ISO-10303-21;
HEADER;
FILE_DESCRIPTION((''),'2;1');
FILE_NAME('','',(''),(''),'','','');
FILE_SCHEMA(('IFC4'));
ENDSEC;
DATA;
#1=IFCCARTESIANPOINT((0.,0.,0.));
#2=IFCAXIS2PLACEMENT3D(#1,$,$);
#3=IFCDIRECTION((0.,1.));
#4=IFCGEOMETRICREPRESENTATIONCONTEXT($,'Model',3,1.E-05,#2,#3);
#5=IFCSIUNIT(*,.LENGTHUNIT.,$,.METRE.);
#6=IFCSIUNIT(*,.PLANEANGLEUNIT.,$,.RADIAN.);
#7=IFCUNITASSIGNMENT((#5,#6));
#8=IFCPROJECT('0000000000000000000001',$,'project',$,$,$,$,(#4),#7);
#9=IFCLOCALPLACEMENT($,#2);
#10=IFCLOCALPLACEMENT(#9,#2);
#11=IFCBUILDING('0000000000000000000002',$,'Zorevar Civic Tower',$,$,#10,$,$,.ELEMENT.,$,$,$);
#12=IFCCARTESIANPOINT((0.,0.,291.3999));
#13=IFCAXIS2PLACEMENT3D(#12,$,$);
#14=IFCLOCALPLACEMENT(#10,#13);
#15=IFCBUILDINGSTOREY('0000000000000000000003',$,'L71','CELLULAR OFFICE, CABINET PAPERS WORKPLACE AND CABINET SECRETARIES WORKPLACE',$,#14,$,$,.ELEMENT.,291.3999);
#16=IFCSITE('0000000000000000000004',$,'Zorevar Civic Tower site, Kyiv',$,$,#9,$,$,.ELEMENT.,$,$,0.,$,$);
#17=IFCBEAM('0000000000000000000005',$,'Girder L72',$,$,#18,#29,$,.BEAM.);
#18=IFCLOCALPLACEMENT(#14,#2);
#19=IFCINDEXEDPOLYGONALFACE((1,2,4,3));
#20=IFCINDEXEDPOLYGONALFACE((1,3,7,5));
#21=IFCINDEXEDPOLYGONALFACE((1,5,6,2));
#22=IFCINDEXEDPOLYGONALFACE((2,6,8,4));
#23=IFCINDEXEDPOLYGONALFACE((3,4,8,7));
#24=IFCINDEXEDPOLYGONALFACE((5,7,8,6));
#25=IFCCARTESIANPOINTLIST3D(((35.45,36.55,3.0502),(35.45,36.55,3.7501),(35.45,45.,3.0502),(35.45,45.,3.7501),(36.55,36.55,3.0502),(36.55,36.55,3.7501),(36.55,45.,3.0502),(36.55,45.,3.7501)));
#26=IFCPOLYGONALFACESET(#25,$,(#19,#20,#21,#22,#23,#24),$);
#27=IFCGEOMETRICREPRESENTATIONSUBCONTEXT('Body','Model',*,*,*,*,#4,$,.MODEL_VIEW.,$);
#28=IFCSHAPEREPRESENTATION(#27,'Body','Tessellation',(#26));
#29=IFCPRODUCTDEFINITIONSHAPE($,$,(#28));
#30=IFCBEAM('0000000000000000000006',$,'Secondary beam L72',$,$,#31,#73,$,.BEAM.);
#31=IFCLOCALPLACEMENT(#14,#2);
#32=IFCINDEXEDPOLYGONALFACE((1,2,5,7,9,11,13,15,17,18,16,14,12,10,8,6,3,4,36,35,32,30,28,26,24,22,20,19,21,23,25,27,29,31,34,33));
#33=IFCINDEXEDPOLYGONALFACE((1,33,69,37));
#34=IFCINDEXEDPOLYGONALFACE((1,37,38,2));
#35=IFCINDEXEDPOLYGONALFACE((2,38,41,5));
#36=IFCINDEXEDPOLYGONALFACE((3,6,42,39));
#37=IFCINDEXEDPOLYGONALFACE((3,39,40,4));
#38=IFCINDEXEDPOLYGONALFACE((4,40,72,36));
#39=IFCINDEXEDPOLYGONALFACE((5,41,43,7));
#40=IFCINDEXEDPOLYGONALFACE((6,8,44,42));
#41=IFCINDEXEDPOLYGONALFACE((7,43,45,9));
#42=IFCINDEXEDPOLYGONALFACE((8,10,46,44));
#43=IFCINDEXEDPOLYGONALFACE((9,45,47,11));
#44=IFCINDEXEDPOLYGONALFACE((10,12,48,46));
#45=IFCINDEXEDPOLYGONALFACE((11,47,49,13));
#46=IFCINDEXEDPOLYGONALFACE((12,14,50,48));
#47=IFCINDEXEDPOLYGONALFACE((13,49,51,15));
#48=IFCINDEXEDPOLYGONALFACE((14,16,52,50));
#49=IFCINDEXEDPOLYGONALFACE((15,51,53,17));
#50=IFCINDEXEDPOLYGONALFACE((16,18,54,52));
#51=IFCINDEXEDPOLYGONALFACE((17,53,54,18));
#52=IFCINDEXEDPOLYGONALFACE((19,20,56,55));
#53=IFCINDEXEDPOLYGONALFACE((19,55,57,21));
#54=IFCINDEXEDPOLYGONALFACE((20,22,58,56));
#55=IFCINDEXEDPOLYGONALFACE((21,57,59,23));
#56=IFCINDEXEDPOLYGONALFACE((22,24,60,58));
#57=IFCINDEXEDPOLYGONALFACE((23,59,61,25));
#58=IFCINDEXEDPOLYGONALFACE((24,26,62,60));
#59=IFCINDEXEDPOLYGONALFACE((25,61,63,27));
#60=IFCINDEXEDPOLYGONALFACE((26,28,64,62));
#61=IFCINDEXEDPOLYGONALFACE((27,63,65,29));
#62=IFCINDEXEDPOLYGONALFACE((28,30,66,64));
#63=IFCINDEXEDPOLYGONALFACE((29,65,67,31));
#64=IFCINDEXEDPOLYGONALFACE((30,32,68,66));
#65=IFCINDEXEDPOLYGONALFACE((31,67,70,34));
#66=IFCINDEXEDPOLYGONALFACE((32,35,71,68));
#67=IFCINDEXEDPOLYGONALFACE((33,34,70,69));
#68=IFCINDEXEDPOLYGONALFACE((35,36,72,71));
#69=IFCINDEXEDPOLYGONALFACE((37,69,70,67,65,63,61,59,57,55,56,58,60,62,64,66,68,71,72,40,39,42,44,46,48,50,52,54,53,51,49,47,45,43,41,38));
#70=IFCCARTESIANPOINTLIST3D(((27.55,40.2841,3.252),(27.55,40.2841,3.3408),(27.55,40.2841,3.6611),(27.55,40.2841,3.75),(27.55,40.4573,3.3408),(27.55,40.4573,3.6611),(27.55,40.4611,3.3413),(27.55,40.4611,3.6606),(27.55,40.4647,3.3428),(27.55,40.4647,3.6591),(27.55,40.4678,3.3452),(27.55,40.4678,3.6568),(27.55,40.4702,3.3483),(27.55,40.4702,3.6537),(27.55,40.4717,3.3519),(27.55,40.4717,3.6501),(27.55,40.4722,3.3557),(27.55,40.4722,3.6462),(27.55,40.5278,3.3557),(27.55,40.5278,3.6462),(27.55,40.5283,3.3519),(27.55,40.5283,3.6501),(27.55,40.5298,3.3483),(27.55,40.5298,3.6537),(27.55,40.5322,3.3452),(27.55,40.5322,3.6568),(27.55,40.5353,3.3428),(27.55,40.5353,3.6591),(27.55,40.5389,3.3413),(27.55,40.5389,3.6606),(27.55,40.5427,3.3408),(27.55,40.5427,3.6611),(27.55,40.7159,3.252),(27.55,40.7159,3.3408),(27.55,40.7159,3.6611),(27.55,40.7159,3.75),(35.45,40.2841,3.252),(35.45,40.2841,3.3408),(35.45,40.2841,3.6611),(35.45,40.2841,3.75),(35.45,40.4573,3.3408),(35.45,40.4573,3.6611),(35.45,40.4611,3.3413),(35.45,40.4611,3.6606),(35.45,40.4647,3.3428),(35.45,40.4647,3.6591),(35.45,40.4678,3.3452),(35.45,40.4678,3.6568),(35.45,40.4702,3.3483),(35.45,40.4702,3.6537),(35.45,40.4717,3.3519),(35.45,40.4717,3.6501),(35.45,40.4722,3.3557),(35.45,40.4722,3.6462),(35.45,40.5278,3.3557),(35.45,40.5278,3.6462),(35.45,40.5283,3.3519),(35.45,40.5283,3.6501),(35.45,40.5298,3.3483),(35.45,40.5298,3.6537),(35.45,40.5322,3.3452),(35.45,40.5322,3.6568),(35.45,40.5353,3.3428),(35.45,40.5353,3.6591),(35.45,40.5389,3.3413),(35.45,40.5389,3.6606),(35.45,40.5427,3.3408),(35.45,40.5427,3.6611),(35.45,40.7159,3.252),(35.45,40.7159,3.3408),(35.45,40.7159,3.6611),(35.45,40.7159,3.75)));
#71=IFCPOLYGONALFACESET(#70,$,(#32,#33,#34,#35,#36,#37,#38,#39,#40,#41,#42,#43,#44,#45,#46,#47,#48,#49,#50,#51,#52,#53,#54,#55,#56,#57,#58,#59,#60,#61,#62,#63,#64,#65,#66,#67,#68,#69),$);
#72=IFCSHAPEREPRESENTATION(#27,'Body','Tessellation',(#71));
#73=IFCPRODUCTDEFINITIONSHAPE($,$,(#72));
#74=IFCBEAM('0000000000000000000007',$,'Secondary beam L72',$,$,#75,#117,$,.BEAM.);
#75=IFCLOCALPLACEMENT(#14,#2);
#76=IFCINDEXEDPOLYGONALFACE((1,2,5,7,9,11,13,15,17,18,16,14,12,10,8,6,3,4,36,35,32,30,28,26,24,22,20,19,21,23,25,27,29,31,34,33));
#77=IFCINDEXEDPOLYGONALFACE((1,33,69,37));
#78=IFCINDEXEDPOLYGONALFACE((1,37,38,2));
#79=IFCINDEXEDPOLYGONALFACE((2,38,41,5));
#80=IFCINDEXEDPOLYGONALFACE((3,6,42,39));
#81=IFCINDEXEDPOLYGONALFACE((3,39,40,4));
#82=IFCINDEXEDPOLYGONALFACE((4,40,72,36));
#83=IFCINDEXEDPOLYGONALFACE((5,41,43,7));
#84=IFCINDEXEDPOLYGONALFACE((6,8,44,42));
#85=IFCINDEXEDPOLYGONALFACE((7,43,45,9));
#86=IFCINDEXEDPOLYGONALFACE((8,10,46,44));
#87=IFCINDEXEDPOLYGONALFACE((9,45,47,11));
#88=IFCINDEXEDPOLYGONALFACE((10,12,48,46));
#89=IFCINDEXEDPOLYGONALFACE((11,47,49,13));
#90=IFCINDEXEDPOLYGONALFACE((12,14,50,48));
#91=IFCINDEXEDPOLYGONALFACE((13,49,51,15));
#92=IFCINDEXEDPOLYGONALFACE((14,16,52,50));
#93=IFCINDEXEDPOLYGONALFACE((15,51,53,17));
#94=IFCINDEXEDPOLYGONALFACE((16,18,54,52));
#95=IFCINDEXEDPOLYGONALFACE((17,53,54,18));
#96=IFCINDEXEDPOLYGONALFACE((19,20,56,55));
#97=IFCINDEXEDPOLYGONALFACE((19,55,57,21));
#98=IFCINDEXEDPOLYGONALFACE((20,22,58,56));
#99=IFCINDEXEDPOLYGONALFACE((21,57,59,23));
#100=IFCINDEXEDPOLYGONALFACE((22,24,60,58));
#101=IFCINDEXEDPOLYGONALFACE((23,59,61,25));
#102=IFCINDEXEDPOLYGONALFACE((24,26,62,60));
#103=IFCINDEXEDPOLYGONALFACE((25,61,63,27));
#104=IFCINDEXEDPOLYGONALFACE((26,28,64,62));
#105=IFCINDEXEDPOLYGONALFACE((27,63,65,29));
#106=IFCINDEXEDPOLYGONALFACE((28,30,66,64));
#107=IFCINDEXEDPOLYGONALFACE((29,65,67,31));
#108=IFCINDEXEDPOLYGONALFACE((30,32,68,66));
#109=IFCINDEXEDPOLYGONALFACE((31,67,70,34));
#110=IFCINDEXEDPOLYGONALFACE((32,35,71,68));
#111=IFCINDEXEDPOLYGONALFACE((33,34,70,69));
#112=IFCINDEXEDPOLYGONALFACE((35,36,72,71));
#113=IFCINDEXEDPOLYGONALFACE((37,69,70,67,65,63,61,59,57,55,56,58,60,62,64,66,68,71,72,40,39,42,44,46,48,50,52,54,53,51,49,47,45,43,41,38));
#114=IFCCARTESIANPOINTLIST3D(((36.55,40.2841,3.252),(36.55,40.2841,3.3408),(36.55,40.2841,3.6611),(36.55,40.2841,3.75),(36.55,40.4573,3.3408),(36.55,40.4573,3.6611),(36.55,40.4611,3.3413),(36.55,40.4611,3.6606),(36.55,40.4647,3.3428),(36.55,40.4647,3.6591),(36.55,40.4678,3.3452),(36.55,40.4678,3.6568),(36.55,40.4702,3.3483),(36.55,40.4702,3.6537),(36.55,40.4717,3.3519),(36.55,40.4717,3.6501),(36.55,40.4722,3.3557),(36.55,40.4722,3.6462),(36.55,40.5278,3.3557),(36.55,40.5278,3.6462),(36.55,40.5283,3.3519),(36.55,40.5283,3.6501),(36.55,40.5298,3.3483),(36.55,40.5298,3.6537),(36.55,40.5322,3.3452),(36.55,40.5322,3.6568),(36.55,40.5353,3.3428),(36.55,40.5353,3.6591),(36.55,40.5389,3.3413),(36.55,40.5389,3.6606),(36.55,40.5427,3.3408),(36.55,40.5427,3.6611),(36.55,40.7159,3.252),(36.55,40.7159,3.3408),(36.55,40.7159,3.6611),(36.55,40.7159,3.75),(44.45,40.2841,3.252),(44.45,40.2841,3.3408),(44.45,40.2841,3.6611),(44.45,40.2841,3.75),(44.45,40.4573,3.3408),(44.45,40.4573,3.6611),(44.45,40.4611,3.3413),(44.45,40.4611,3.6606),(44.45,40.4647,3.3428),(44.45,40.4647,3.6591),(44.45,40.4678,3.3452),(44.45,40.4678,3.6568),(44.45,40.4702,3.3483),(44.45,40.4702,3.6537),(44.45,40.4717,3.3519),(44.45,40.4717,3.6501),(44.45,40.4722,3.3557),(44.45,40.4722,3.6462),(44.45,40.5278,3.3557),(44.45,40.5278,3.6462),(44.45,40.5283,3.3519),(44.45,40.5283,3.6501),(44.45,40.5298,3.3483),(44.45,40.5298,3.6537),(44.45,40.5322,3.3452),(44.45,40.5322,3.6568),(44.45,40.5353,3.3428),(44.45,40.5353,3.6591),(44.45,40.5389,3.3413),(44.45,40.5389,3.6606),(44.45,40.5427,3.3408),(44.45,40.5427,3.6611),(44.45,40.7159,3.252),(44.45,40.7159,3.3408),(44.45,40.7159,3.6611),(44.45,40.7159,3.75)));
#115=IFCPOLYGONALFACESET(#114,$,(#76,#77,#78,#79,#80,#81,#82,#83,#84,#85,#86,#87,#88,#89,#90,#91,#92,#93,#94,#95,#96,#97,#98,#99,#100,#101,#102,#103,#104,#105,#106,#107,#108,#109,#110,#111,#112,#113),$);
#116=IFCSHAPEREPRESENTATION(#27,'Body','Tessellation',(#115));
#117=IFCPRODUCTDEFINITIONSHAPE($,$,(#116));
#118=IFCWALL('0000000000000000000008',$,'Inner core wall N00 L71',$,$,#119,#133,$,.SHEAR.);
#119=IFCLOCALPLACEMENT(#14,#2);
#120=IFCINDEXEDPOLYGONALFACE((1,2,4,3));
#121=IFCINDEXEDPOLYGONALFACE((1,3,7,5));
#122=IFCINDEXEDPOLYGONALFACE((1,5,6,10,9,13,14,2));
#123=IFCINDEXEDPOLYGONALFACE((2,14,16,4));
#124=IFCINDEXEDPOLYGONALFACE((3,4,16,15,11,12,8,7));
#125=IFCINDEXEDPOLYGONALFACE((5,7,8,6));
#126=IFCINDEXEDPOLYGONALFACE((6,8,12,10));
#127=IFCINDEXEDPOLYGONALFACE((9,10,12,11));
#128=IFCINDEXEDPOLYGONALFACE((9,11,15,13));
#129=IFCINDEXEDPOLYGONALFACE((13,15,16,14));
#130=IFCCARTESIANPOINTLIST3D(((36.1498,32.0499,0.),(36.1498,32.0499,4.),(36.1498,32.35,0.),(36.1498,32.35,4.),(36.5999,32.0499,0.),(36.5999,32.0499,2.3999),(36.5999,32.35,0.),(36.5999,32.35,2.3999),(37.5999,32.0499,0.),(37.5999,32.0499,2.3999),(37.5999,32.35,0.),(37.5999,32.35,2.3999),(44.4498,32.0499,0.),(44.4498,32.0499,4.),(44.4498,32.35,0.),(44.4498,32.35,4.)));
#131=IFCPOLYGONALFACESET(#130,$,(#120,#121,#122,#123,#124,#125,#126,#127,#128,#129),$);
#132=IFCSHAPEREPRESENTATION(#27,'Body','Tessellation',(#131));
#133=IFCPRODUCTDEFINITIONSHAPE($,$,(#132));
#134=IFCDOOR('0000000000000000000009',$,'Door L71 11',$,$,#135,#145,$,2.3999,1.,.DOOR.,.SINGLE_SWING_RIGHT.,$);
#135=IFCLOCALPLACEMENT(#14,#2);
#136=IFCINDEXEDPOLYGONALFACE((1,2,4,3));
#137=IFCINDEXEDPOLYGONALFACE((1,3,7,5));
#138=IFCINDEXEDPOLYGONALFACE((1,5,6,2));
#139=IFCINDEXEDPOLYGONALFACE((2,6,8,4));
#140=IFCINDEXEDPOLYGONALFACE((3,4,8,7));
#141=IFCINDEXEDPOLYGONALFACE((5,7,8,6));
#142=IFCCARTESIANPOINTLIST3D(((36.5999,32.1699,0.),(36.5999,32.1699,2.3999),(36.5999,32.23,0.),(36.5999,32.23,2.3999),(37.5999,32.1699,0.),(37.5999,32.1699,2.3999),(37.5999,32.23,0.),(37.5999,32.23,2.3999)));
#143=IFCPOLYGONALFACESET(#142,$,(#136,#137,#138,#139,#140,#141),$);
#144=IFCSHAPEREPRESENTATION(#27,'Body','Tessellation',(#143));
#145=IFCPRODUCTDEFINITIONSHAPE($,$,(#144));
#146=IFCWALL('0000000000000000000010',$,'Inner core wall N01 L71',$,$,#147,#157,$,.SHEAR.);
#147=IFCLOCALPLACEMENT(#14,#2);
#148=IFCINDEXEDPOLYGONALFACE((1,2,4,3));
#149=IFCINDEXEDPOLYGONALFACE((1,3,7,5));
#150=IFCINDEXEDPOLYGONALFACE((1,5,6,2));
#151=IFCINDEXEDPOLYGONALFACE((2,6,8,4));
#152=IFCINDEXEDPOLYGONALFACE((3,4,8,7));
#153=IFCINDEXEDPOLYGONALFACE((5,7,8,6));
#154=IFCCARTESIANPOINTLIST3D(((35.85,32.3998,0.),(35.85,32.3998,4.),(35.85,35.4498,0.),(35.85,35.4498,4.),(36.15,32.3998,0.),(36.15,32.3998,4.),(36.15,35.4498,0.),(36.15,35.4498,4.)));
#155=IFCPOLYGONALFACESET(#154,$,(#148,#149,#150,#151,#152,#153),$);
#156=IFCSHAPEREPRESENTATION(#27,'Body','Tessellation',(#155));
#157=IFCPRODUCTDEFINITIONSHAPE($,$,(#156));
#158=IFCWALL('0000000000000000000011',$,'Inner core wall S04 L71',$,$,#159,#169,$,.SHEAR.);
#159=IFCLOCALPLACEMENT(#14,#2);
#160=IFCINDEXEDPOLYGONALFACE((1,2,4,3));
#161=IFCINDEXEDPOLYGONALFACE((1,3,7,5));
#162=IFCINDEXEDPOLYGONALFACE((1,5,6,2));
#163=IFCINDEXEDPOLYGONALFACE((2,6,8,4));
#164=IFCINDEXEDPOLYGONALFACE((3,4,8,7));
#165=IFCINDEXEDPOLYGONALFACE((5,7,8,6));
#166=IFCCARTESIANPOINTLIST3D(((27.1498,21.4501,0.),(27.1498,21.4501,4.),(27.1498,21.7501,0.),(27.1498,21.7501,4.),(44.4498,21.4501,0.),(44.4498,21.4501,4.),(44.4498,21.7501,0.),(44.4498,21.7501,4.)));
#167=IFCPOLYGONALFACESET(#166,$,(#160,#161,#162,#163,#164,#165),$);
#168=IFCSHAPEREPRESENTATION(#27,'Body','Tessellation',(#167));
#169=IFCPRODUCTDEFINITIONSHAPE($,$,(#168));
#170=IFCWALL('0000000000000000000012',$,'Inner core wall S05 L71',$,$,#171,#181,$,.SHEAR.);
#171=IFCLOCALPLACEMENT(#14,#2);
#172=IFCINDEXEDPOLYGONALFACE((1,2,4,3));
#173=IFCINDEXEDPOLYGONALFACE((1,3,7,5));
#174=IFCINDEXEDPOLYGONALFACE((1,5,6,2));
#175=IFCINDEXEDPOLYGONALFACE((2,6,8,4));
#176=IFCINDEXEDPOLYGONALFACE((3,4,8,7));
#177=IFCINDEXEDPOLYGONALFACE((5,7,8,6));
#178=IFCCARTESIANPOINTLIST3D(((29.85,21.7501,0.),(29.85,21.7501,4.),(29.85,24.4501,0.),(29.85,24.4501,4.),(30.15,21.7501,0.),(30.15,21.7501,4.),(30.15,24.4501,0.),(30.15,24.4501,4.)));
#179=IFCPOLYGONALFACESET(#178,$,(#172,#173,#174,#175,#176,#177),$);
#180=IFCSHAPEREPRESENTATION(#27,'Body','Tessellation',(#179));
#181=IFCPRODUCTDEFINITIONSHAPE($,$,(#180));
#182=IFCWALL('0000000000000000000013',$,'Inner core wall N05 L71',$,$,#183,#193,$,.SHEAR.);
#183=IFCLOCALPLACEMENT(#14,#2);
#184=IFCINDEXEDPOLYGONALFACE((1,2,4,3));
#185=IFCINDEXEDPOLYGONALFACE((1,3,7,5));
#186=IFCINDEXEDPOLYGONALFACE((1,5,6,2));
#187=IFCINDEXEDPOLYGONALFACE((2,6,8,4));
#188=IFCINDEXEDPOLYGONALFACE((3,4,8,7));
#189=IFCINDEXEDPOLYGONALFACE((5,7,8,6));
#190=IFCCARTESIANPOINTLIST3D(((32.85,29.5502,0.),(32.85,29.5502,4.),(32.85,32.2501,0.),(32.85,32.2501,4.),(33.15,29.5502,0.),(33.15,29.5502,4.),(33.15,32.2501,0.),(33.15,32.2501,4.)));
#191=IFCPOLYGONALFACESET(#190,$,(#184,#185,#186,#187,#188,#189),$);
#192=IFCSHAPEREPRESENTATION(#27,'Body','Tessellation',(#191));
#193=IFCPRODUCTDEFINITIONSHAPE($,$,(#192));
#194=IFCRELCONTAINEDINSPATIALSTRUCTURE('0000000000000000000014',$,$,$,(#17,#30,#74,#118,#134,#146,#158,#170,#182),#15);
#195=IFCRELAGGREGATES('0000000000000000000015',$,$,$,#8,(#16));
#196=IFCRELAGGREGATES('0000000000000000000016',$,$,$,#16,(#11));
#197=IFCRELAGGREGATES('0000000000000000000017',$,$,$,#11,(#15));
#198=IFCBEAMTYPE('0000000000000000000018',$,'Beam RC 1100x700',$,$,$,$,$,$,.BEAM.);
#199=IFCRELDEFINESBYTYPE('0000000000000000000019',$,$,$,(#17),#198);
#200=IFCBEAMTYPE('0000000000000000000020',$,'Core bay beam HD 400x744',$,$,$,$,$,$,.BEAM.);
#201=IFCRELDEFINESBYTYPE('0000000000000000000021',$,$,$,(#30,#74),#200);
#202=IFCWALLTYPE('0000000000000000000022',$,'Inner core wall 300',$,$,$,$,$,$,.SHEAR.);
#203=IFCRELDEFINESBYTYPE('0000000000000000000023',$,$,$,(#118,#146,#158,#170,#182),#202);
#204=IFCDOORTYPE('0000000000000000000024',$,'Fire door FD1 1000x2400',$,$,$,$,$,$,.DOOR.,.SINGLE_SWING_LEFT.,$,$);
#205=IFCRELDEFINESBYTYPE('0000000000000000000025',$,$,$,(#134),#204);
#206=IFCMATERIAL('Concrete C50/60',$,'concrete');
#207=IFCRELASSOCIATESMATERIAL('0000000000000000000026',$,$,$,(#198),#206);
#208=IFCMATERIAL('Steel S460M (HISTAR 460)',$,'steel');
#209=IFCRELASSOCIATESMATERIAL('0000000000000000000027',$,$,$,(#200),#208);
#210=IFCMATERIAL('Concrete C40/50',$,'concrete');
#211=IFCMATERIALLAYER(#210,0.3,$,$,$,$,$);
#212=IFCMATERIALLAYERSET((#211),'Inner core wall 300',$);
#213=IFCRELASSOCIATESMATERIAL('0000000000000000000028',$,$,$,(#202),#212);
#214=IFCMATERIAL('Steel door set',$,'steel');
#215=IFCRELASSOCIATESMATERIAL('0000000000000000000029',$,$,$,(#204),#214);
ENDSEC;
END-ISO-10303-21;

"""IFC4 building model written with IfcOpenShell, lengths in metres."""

from ifc_helpers import new_model, si_unit, direction, frame, frame_2d, origin, origin_2d, place, context, subcontext, project, spatial, rectangle, i_section, extrude, material, layer, layer_set, material_profile, profile_set, type_object, element, fill, save


model = new_model("IFC4")

# Units and contexts
model_context = context("Model", 3, precision=1e-05, world=origin(), true_north=direction((0.0, 1.0)))
body_context = subcontext(model_context, "Body", "Model", "MODEL_VIEW")
ifc_project = project(units=[si_unit("LENGTHUNIT", "METRE"), si_unit("PLANEANGLEUNIT", "RADIAN")], contexts=[model_context])

# Site, building, storey
site_placement = place(None, origin())
site = spatial("IfcSite", under=ifc_project, at=site_placement, Name="Zorevar Civic Tower site, Kyiv", CompositionType="ELEMENT", RefElevation=0.0)
building_placement = place(site_placement, origin())
building = spatial("IfcBuilding", under=site, at=building_placement, Name="Zorevar Civic Tower", CompositionType="ELEMENT")
storey_placement = place(building_placement, frame((0.0, 0.0, 291.3999)))
storey = spatial("IfcBuildingStorey", under=building, at=storey_placement, Name="L71", Description="CELLULAR OFFICE, CABINET PAPERS WORKPLACE AND CABINET SECRETARIES WORKPLACE", CompositionType="ELEMENT", Elevation=291.3999)

# Beams
ifc_material_1 = material(Name="Concrete C50/60", Category="concrete")
ifc_material_profile_1 = material_profile(ifc_material_1, rectangle(XDim=1.1001, YDim=0.7, at=origin_2d()), Name="RC 1100x700")
ifc_profile_set_1 = profile_set([ifc_material_profile_1], Name="Concrete C50/60")
beam_type_1 = type_object("IfcBeamType", Name="Beam RC 1100x700", PredefinedType="BEAM", material=ifc_profile_set_1)
beam_placement = place(storey_placement, frame((36.0, 36.55, 3.4001), z_axis=(0.0, 1.0, 0.0), x_axis=(-1.0, 0.0, 0.0)))
element("IfcBeam", 1, at=beam_placement, inside=storey, type_object=beam_type_1, Name="Girder L72", PredefinedType="BEAM", context=body_context, shape_type="SweptSolid", body=[
    extrude(rectangle(XDim=1.1001, YDim=0.7, at=origin_2d()), origin(), (0.0, 0.0, 1.0), 8.45),
])
ifc_material_2 = material(Name="Steel S460M (HISTAR 460)", Category="steel")
ifc_material_profile_2 = material_profile(ifc_material_2, i_section(OverallWidth=0.4319, OverallDepth=0.498, WebThickness=0.0557, FlangeThickness=0.0889, FilletRadius=0.0149, at=origin_2d()), Name="HD 400x744")
ifc_profile_set_2 = profile_set([ifc_material_profile_2], Name="Steel S460M (HISTAR 460)")
beam_type_2 = type_object("IfcBeamType", Name="Core bay beam HD 400x744", PredefinedType="BEAM", material=ifc_profile_set_2)
for number, where, z_axis, x_axis, name in (
    (2, (27.55, 40.5, 3.501), (1.0, 0.0, 0.0), (0.0, 1.0, 0.0), "Secondary beam L72"),
    (3, (36.55, 40.5, 3.501), (1.0, 0.0, 0.0), (0.0, 1.0, 0.0), "Secondary beam L72"),
):
    element("IfcBeam", number, at=place(storey_placement, frame(where, z_axis=z_axis, x_axis=x_axis)), inside=storey, type_object=beam_type_2, Name=name, PredefinedType="BEAM", context=body_context, shape_type="SweptSolid", body=[
        extrude(i_section(OverallWidth=0.4319, OverallDepth=0.498, WebThickness=0.0557, FlangeThickness=0.0889, FilletRadius=0.0149, at=origin_2d()), origin(), (0.0, 0.0, 1.0), 7.8999),
    ])

# Wall, opening, door
ifc_material_3 = material(Name="Concrete C40/50", Category="concrete")
ifc_layer_1 = layer(ifc_material_3, 0.3)
ifc_layer_set_1 = layer_set([ifc_layer_1], Name="Inner core wall 300")
wall_type_1 = type_object("IfcWallType", Name="Inner core wall 300", PredefinedType="SHEAR", material=ifc_layer_set_1)
wall_1_placement = place(storey_placement, frame((36.1499, 32.2, 0.0), z_axis=(0.0, 0.0, 1.0), x_axis=(1.0, 0.0, 0.0)))
wall_1 = element("IfcWall", 4, at=wall_1_placement, inside=storey, type_object=wall_type_1, Name="Inner core wall N00 L71", PredefinedType="SHEAR", context=body_context, shape_type="SweptSolid", body=[
    extrude(rectangle(XDim=8.3, YDim=0.3, at=frame_2d((4.1499, 0.0))), origin(), (0.0, 0.0, 1.0), 4.0),
])
opening_1_placement = place(wall_1_placement, frame((0.45, 0.0, 0.0)))
opening_1 = element("IfcOpeningElement", 5, at=opening_1_placement, cuts=wall_1, PredefinedType="OPENING", context=body_context, shape_type="SweptSolid", body=[
    extrude(rectangle(XDim=1.0, YDim=2.3999, at=frame_2d((0.5, 1.2))), frame((0.0, 0.1599, 0.0), z_axis=(0.0, -1.0, 0.0), x_axis=(1.0, 0.0, 0.0)), (0.0, 0.0, 1.0), 0.3201),
])
ifc_material_4 = material(Name="Steel door set", Category="steel")
door_type_1 = type_object("IfcDoorType", Name="Fire door FD1 1000x2400", OperationType="SINGLE_SWING_LEFT", PredefinedType="DOOR", material=ifc_material_4)
door_1_placement = place(opening_1_placement, origin())
door_1 = element("IfcDoor", 6, at=door_1_placement, inside=storey, type_object=door_type_1, Name="Door L71 11", OperationType="SINGLE_SWING_RIGHT", OverallHeight=2.3999, OverallWidth=1.0, PredefinedType="DOOR", context=body_context, shape_type="SweptSolid", body=[
    extrude(rectangle(XDim=1.0, YDim=2.3999, at=frame_2d((0.5, 1.2))), frame((0.0, 0.03, 0.0), z_axis=(0.0, -1.0, 0.0), x_axis=(1.0, 0.0, 0.0)), (0.0, 0.0, 1.0), 0.0601),
])
fill(opening_1, door_1)

# Wall
wall_2_placement = place(storey_placement, frame((36.0, 32.3999, 0.0), z_axis=(0.0, 0.0, 1.0), x_axis=(0.0, 1.0, 0.0)))
element("IfcWall", 7, at=wall_2_placement, inside=storey, type_object=wall_type_1, Name="Inner core wall N01 L71", PredefinedType="SHEAR", context=body_context, shape_type="SweptSolid", body=[
    extrude(rectangle(XDim=3.05, YDim=0.3, at=frame_2d((1.5249, 0.0))), origin(), (0.0, 0.0, 1.0), 4.0),
])

# Walls
wall_3_placement = place(storey_placement, frame((27.1499, 21.6001, 0.0), z_axis=(0.0, 0.0, 1.0), x_axis=(1.0, 0.0, 0.0)))
element("IfcWall", 8, at=wall_3_placement, inside=storey, type_object=wall_type_1, Name="Inner core wall S04 L71", PredefinedType="SHEAR", context=body_context, shape_type="SweptSolid", body=[
    extrude(rectangle(XDim=17.3, YDim=0.3, at=frame_2d((8.6499, 0.0))), origin(), (0.0, 0.0, 1.0), 4.0),
])
for number, where, z_axis, x_axis, name in (
    (9, (30.0, 21.75, 0.0), (0.0, 0.0, 1.0), (0.0, 1.0, 0.0), "Inner core wall S05 L71"),
    (10, (33.0, 29.55, 0.0), (0.0, 0.0, 1.0), (0.0, 1.0, 0.0), "Inner core wall N05 L71"),
):
    element("IfcWall", number, at=place(storey_placement, frame(where, z_axis=z_axis, x_axis=x_axis)), inside=storey, type_object=wall_type_1, Name=name, PredefinedType="SHEAR", context=body_context, shape_type="SweptSolid", body=[
        extrude(rectangle(XDim=2.7, YDim=0.3, at=frame_2d((1.3501, 0.0))), origin(), (0.0, 0.0, 1.0), 4.0),
    ])

save(model, "model.ifc")
